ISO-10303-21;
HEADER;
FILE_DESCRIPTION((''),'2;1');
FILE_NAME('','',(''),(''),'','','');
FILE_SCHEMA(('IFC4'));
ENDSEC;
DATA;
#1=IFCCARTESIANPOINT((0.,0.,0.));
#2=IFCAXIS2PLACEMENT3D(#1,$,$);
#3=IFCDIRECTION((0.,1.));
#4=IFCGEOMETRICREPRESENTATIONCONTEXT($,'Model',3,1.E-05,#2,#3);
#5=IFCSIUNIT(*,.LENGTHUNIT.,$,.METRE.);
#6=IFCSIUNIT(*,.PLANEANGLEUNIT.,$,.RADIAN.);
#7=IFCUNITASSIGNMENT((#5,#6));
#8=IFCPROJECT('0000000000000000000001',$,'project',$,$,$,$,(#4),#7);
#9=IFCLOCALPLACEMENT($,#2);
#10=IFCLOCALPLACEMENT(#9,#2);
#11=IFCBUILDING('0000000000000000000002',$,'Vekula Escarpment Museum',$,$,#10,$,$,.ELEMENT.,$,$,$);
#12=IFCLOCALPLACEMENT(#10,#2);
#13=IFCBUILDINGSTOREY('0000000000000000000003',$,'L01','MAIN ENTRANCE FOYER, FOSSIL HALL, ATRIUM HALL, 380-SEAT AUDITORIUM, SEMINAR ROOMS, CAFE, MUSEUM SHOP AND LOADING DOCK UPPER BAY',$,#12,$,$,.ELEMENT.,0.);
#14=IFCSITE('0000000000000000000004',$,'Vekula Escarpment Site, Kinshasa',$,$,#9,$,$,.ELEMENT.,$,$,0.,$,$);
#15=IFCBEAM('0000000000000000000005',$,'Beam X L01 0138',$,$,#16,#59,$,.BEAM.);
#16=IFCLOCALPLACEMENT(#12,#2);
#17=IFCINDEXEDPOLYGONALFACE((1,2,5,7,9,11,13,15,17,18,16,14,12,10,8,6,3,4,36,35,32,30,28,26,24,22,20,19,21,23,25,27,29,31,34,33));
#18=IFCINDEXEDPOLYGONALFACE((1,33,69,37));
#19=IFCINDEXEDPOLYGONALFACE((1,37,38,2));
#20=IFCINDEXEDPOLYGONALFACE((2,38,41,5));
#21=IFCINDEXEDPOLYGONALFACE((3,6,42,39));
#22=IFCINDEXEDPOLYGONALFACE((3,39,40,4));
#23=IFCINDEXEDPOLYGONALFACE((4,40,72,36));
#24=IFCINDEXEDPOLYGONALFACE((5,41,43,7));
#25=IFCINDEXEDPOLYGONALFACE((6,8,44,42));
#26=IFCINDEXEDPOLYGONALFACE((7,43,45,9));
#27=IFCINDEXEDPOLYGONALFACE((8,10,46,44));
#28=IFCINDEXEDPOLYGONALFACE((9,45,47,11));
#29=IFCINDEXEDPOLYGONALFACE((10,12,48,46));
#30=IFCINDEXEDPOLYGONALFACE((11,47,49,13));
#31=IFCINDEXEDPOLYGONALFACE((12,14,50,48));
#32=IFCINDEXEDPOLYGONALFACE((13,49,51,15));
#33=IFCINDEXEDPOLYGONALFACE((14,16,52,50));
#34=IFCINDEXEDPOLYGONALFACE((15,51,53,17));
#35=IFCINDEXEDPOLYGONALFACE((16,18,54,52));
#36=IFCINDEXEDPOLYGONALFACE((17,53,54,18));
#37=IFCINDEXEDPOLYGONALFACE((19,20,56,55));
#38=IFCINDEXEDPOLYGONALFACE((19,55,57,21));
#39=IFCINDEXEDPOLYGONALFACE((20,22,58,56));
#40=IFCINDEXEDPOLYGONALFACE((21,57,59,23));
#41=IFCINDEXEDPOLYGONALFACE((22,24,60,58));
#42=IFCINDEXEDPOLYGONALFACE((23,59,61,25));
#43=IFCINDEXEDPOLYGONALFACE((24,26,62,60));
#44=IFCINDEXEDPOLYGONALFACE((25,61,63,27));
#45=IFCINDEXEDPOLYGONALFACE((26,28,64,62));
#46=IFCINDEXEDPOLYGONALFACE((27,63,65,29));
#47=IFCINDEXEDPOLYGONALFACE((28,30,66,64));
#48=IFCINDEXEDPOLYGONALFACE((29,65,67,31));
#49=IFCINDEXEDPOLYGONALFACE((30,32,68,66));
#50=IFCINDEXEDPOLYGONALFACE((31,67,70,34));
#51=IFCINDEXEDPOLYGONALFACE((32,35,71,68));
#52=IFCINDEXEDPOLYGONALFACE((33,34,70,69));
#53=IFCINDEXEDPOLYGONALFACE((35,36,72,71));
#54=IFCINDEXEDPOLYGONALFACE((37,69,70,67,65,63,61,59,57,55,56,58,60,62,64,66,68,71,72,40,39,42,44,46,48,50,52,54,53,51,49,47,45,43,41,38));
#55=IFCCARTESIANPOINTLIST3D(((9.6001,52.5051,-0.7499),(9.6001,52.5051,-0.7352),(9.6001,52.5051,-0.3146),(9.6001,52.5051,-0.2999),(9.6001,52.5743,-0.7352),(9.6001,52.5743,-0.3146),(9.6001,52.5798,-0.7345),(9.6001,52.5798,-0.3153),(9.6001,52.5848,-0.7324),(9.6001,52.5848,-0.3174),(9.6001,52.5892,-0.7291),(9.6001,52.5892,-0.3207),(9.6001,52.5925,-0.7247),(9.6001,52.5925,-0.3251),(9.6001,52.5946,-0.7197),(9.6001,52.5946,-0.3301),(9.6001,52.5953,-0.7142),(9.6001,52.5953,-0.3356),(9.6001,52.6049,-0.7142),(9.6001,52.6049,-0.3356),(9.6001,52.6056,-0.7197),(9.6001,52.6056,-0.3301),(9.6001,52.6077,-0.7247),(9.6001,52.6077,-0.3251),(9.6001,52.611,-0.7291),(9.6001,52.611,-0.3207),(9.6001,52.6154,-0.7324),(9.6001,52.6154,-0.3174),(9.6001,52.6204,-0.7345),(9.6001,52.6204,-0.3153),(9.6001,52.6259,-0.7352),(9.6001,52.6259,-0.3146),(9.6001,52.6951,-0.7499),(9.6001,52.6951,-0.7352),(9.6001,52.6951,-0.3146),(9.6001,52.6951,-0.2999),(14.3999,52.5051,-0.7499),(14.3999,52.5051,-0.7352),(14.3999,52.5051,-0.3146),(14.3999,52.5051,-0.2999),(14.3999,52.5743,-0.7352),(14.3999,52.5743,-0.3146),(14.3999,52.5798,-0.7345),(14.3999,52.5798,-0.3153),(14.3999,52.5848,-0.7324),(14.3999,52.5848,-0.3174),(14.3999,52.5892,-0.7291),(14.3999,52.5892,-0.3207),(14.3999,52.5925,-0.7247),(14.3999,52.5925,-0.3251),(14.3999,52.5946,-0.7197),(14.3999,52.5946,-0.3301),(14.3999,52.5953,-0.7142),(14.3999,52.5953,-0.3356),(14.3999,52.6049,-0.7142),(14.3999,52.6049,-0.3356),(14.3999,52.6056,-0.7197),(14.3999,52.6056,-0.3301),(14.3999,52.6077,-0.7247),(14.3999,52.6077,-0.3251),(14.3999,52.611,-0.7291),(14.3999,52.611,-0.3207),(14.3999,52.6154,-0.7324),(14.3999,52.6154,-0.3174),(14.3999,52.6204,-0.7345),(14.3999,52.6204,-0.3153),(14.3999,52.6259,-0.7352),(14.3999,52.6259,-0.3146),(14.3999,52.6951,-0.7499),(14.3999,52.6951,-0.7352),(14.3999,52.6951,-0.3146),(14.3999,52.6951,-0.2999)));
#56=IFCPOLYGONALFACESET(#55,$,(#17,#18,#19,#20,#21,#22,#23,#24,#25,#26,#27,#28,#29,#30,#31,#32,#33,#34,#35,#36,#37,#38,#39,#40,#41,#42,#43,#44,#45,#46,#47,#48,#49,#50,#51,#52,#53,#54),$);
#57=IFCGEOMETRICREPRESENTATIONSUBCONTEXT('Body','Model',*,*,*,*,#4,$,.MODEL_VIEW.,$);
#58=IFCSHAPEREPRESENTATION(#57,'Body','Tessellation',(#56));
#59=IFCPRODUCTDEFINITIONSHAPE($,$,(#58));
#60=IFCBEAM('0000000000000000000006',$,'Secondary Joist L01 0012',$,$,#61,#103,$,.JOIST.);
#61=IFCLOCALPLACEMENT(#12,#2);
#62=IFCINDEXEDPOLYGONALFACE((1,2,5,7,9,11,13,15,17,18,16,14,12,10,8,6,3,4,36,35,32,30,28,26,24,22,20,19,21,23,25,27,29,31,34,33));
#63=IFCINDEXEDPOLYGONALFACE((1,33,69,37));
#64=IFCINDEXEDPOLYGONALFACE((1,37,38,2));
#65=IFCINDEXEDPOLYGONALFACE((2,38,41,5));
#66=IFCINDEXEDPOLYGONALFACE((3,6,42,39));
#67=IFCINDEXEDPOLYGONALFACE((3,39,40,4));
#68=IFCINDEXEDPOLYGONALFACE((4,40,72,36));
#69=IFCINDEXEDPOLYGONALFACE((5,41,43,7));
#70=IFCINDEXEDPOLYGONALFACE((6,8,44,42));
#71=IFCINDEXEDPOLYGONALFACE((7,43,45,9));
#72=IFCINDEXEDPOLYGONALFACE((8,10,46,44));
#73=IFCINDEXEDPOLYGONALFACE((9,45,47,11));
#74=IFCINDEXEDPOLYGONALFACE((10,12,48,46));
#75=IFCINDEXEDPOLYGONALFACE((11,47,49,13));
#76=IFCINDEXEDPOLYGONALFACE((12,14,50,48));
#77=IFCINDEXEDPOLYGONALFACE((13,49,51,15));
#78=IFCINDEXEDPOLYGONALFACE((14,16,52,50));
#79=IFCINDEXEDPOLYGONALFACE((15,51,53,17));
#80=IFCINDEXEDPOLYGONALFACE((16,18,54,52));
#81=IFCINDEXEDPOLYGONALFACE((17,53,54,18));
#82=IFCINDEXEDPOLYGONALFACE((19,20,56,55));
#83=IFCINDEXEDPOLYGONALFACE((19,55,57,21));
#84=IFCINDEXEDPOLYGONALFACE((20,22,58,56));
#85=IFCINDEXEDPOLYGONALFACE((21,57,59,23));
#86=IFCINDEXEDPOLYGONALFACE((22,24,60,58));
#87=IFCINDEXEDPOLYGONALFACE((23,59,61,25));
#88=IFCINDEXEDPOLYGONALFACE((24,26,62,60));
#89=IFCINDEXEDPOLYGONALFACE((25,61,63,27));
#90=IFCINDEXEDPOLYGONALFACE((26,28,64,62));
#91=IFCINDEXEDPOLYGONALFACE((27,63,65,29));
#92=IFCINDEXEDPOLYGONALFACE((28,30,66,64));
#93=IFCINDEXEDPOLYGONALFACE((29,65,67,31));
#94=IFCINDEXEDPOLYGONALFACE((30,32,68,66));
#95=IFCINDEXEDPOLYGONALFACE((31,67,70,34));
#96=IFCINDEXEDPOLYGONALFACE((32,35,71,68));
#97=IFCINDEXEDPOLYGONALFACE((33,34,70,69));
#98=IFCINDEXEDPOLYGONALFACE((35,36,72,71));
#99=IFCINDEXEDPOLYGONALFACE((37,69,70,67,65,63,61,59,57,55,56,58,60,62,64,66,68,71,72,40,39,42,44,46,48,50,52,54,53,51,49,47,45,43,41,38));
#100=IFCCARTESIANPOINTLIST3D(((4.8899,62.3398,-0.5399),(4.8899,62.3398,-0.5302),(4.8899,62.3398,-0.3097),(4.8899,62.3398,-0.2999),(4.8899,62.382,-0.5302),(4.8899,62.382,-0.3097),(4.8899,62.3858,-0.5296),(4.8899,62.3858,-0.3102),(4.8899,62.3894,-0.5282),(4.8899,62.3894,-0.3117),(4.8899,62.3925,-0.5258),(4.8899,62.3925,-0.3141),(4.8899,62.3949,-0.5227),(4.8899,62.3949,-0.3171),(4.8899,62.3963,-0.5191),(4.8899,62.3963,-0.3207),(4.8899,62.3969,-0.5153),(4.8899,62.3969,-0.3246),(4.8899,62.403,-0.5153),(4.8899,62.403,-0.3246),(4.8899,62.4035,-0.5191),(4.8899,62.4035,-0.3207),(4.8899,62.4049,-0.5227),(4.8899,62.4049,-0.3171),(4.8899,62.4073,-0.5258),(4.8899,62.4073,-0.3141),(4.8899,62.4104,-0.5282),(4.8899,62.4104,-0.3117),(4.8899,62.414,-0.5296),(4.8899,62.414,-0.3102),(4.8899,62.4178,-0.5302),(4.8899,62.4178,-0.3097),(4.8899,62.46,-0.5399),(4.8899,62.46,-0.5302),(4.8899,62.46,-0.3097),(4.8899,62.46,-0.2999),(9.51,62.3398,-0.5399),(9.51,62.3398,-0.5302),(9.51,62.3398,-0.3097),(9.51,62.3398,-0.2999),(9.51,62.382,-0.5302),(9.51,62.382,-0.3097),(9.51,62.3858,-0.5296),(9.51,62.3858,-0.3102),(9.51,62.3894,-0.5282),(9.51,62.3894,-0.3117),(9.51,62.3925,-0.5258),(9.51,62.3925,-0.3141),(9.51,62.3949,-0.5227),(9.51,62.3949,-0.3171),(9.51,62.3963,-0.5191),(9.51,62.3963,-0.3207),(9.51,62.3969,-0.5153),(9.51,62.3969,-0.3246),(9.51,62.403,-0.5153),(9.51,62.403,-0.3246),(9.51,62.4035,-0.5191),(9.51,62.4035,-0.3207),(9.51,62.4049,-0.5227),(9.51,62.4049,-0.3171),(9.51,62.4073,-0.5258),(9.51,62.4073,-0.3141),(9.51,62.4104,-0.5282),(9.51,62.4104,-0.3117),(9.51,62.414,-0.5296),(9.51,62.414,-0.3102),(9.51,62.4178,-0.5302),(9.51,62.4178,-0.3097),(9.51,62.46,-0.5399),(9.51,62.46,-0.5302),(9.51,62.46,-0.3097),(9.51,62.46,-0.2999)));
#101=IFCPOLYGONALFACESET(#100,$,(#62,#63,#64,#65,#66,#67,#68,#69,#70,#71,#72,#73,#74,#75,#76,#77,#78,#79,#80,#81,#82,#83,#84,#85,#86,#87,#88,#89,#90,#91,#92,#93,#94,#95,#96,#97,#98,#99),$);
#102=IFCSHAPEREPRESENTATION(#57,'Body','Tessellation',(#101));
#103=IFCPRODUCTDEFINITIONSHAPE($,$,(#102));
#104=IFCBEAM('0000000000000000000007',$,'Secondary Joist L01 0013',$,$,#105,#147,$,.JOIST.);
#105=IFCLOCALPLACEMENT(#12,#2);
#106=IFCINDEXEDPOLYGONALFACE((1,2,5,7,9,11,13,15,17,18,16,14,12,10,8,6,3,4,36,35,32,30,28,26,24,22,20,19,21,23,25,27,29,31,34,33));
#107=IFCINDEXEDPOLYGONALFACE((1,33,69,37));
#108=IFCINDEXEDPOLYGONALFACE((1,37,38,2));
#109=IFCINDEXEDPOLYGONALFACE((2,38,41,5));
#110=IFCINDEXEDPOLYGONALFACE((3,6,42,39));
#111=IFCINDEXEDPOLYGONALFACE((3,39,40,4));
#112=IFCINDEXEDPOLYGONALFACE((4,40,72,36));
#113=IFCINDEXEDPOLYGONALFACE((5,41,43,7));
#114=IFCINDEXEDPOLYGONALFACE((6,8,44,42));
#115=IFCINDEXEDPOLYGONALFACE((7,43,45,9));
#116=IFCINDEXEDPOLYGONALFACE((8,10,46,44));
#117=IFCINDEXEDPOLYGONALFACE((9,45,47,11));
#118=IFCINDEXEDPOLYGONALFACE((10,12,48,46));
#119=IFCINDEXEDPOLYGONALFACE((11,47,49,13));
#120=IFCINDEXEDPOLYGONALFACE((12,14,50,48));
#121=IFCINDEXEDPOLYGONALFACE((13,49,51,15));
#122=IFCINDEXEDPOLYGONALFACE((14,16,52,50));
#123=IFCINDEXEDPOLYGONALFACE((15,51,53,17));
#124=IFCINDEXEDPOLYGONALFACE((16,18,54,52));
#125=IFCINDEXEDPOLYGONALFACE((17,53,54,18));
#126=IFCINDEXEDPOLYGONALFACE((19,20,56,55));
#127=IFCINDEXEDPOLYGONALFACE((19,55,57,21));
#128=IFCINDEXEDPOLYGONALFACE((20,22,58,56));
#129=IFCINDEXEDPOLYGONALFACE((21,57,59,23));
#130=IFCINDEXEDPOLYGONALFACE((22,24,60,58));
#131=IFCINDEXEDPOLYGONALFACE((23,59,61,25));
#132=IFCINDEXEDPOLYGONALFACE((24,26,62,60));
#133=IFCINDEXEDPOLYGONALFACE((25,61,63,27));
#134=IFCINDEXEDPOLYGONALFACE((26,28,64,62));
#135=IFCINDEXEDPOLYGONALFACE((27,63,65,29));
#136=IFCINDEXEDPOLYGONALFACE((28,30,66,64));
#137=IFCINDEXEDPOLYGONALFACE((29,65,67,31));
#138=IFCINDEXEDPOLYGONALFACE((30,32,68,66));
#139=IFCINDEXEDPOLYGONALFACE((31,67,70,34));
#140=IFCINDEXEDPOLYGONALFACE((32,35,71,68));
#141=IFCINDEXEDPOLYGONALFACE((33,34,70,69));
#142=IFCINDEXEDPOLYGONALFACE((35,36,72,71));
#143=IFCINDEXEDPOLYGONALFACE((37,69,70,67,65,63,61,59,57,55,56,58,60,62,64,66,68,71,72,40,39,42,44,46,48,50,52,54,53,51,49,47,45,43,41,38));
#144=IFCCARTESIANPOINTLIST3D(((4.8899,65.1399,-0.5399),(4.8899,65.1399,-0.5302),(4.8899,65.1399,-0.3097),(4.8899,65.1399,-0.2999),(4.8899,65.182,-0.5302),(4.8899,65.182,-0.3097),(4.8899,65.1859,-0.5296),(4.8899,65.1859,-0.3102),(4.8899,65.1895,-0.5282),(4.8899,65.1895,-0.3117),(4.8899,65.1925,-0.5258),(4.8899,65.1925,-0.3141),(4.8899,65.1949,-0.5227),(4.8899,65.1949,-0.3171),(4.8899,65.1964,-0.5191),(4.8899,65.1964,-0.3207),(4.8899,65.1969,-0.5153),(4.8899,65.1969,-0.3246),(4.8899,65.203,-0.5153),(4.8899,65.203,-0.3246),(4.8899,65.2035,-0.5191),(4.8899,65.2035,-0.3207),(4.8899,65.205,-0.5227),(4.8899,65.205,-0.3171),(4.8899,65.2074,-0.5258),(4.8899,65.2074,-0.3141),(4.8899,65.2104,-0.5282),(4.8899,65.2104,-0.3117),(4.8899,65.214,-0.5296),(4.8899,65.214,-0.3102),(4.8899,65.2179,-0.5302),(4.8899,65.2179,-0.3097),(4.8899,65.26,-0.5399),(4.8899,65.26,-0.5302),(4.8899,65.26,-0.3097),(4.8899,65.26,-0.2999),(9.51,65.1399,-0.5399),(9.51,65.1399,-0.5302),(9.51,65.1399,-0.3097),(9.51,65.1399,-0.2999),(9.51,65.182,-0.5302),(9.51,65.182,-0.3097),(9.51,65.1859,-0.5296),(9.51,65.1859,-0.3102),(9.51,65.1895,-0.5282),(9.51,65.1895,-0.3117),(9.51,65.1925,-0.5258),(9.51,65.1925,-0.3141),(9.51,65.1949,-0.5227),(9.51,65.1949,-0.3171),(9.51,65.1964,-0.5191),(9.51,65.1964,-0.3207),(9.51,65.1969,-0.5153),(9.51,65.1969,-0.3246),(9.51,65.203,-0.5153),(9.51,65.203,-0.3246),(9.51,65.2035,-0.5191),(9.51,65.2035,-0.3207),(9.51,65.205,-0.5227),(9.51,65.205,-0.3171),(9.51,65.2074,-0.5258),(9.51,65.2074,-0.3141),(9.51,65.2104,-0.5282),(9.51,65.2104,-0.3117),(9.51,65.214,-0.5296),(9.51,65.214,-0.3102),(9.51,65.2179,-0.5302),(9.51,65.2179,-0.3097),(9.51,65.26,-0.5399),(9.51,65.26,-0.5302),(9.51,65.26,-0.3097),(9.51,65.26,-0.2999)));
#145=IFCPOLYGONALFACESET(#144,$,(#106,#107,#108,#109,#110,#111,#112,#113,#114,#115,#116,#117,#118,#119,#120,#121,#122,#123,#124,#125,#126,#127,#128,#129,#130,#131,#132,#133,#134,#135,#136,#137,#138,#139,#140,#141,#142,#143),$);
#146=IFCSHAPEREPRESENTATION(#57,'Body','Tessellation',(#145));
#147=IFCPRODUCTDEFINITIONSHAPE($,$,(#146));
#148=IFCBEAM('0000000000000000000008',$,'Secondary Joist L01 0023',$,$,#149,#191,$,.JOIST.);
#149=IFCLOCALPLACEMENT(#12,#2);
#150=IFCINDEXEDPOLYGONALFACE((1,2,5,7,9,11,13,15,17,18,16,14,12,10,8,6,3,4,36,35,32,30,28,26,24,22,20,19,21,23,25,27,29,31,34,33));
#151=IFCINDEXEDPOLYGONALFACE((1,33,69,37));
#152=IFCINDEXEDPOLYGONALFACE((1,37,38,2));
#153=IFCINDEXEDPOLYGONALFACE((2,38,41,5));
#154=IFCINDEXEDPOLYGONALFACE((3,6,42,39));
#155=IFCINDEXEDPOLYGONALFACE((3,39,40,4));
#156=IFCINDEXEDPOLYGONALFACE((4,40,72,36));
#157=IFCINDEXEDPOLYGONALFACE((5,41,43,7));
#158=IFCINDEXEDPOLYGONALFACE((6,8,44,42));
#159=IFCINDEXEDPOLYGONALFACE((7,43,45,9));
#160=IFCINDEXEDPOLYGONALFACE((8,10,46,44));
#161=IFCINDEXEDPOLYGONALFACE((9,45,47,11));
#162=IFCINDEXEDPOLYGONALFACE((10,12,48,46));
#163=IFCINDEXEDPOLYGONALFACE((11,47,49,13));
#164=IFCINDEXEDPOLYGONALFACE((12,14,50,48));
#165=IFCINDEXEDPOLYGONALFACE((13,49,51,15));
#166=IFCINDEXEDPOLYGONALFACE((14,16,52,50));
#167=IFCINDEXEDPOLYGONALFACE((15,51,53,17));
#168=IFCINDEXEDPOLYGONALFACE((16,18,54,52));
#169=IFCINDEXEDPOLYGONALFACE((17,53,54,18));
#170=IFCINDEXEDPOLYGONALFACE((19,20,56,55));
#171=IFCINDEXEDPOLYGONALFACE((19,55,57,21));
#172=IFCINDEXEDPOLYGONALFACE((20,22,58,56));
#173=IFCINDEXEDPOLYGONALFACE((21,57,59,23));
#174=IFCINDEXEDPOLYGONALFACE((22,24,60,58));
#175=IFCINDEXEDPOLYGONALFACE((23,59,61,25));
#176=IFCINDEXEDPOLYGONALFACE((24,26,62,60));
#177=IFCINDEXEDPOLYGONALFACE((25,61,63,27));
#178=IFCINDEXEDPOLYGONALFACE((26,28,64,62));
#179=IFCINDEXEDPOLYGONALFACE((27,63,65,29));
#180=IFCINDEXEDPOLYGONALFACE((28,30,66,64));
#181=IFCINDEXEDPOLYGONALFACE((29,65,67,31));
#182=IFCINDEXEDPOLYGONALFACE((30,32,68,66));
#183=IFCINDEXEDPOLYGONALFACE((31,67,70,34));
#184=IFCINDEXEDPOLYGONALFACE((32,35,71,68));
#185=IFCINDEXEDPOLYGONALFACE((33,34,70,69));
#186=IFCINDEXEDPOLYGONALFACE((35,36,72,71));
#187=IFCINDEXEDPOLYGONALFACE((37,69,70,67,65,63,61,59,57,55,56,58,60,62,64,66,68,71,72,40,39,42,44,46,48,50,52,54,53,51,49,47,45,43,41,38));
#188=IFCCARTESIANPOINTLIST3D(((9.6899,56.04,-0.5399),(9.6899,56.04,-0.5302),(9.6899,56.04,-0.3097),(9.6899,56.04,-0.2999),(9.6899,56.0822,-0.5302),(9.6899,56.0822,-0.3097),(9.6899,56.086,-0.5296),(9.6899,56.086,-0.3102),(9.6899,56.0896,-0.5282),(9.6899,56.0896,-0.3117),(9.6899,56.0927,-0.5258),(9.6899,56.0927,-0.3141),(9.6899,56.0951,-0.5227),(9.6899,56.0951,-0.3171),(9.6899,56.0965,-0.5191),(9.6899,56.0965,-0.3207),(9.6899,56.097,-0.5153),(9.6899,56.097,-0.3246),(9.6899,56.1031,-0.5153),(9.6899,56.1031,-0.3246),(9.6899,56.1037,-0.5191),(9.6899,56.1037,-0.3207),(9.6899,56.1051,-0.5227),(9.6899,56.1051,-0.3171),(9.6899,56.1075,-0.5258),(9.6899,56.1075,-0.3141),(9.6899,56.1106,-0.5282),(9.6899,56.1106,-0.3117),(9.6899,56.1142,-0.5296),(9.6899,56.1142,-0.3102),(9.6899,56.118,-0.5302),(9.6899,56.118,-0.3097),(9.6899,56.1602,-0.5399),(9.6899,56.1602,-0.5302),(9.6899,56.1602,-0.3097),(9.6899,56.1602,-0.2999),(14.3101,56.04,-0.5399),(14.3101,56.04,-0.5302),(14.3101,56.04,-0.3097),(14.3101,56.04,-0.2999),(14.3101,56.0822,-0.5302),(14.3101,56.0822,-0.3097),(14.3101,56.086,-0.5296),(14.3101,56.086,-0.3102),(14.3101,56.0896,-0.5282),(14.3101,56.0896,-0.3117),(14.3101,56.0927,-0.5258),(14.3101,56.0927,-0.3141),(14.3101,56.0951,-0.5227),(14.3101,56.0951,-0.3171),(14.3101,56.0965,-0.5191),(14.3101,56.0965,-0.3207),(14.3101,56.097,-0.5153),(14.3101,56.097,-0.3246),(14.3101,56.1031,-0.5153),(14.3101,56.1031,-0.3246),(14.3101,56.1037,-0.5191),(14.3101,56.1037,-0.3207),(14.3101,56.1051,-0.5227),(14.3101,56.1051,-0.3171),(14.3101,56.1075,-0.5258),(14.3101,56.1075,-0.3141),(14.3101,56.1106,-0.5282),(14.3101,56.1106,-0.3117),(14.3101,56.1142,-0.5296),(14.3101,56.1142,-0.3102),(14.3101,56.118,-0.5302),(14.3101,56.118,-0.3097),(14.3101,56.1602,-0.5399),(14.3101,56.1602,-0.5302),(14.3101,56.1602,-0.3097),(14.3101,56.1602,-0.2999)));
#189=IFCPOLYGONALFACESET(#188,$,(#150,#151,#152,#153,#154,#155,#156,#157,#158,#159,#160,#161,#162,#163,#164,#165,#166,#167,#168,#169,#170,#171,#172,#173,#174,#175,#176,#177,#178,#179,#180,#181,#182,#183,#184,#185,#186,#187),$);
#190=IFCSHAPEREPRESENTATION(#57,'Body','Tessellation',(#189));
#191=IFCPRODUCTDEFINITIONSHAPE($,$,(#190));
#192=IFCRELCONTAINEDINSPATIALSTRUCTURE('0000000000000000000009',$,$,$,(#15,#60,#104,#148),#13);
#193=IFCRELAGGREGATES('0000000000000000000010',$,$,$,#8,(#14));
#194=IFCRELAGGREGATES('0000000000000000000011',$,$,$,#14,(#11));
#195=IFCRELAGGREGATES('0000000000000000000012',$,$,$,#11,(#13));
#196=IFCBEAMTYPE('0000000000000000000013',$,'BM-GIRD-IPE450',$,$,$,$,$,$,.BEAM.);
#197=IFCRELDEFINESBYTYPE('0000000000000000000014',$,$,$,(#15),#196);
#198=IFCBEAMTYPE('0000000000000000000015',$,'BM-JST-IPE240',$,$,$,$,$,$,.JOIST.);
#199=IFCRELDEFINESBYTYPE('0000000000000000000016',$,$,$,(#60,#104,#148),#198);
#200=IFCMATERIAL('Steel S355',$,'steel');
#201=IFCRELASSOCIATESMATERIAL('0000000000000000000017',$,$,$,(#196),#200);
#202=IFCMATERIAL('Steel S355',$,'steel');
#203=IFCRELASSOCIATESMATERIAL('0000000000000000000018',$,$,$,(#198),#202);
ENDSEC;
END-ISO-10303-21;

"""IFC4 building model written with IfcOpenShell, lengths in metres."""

from ifc_helpers import new_model, si_unit, direction, frame, origin, origin_2d, place, context, subcontext, project, spatial, i_section, extrude, material, material_profile, profile_set, type_object, element, save


model = new_model("IFC4")

# Units and contexts
model_context = context("Model", 3, precision=1e-05, world=origin(), true_north=direction((0.0, 1.0)))
body_context = subcontext(model_context, "Body", "Model", "MODEL_VIEW")
ifc_project = project(units=[si_unit("LENGTHUNIT", "METRE"), si_unit("PLANEANGLEUNIT", "RADIAN")], contexts=[model_context])

# Site, building, storey
site_placement = place(None, origin())
site = spatial("IfcSite", under=ifc_project, at=site_placement, Name="Vekula Escarpment Site, Kinshasa", CompositionType="ELEMENT", RefElevation=0.0)
building_placement = place(site_placement, origin())
building = spatial("IfcBuilding", under=site, at=building_placement, Name="Vekula Escarpment Museum", CompositionType="ELEMENT")
storey_placement = place(building_placement, origin())
storey = spatial("IfcBuildingStorey", under=building, at=storey_placement, Name="L01", Description="MAIN ENTRANCE FOYER, FOSSIL HALL, ATRIUM HALL, 380-SEAT AUDITORIUM, SEMINAR ROOMS, CAFE, MUSEUM SHOP AND LOADING DOCK UPPER BAY", CompositionType="ELEMENT", Elevation=0.0)

# Beams
ifc_material_1 = material(Name="Steel S355", Category="steel")
ifc_material_profile_1 = material_profile(ifc_material_1, i_section(OverallWidth=0.1899, OverallDepth=0.45, WebThickness=0.0095, FlangeThickness=0.0146, FilletRadius=0.021, at=origin_2d()), Name="IPE 450")
ifc_profile_set_1 = profile_set([ifc_material_profile_1], Name="Steel S355")
beam_type_1 = type_object("IfcBeamType", Name="BM-GIRD-IPE450", PredefinedType="BEAM", material=ifc_profile_set_1)
beam_1_placement = place(storey_placement, frame((9.6001, 52.6001, -0.5249), z_axis=(1.0, 0.0, 0.0), x_axis=(0.0, 1.0, 0.0)))
element("IfcBeam", 1, at=beam_1_placement, inside=storey, type_object=beam_type_1, Name="Beam X L01 0138", PredefinedType="BEAM", context=body_context, shape_type="SweptSolid", body=[
    extrude(i_section(OverallWidth=0.1899, OverallDepth=0.45, WebThickness=0.0095, FlangeThickness=0.0146, FilletRadius=0.021, at=origin_2d()), origin(), (0.0, 0.0, 1.0), 4.7998),
])
ifc_material_2 = material(Name="Steel S355", Category="steel")
ifc_material_profile_2 = material_profile(ifc_material_2, i_section(OverallWidth=0.1201, OverallDepth=0.24, WebThickness=0.0061, FlangeThickness=0.0098, FilletRadius=0.0149, at=origin_2d()), Name="IPE 240")
ifc_profile_set_2 = profile_set([ifc_material_profile_2], Name="Steel S355")
beam_type_2 = type_object("IfcBeamType", Name="BM-JST-IPE240", PredefinedType="JOIST", material=ifc_profile_set_2)
for number, where, z_axis, x_axis, name in (
    (2, (4.8899, 62.3999, -0.4199), (1.0, 0.0, 0.0), (0.0, 1.0, 0.0), "Secondary Joist L01 0012"),
    (3, (4.8899, 65.2, -0.4199), (1.0, 0.0, 0.0), (0.0, 1.0, 0.0), "Secondary Joist L01 0013"),
    (4, (9.6899, 56.1001, -0.4199), (1.0, 0.0, 0.0), (0.0, 1.0, 0.0), "Secondary Joist L01 0023"),
):
    element("IfcBeam", number, at=place(storey_placement, frame(where, z_axis=z_axis, x_axis=x_axis)), inside=storey, type_object=beam_type_2, Name=name, PredefinedType="JOIST", context=body_context, shape_type="SweptSolid", body=[
        extrude(i_section(OverallWidth=0.1201, OverallDepth=0.24, WebThickness=0.0061, FlangeThickness=0.0098, FilletRadius=0.0149, at=origin_2d()), origin(), (0.0, 0.0, 1.0), 4.6201),
    ])

save(model, "model.ifc")
